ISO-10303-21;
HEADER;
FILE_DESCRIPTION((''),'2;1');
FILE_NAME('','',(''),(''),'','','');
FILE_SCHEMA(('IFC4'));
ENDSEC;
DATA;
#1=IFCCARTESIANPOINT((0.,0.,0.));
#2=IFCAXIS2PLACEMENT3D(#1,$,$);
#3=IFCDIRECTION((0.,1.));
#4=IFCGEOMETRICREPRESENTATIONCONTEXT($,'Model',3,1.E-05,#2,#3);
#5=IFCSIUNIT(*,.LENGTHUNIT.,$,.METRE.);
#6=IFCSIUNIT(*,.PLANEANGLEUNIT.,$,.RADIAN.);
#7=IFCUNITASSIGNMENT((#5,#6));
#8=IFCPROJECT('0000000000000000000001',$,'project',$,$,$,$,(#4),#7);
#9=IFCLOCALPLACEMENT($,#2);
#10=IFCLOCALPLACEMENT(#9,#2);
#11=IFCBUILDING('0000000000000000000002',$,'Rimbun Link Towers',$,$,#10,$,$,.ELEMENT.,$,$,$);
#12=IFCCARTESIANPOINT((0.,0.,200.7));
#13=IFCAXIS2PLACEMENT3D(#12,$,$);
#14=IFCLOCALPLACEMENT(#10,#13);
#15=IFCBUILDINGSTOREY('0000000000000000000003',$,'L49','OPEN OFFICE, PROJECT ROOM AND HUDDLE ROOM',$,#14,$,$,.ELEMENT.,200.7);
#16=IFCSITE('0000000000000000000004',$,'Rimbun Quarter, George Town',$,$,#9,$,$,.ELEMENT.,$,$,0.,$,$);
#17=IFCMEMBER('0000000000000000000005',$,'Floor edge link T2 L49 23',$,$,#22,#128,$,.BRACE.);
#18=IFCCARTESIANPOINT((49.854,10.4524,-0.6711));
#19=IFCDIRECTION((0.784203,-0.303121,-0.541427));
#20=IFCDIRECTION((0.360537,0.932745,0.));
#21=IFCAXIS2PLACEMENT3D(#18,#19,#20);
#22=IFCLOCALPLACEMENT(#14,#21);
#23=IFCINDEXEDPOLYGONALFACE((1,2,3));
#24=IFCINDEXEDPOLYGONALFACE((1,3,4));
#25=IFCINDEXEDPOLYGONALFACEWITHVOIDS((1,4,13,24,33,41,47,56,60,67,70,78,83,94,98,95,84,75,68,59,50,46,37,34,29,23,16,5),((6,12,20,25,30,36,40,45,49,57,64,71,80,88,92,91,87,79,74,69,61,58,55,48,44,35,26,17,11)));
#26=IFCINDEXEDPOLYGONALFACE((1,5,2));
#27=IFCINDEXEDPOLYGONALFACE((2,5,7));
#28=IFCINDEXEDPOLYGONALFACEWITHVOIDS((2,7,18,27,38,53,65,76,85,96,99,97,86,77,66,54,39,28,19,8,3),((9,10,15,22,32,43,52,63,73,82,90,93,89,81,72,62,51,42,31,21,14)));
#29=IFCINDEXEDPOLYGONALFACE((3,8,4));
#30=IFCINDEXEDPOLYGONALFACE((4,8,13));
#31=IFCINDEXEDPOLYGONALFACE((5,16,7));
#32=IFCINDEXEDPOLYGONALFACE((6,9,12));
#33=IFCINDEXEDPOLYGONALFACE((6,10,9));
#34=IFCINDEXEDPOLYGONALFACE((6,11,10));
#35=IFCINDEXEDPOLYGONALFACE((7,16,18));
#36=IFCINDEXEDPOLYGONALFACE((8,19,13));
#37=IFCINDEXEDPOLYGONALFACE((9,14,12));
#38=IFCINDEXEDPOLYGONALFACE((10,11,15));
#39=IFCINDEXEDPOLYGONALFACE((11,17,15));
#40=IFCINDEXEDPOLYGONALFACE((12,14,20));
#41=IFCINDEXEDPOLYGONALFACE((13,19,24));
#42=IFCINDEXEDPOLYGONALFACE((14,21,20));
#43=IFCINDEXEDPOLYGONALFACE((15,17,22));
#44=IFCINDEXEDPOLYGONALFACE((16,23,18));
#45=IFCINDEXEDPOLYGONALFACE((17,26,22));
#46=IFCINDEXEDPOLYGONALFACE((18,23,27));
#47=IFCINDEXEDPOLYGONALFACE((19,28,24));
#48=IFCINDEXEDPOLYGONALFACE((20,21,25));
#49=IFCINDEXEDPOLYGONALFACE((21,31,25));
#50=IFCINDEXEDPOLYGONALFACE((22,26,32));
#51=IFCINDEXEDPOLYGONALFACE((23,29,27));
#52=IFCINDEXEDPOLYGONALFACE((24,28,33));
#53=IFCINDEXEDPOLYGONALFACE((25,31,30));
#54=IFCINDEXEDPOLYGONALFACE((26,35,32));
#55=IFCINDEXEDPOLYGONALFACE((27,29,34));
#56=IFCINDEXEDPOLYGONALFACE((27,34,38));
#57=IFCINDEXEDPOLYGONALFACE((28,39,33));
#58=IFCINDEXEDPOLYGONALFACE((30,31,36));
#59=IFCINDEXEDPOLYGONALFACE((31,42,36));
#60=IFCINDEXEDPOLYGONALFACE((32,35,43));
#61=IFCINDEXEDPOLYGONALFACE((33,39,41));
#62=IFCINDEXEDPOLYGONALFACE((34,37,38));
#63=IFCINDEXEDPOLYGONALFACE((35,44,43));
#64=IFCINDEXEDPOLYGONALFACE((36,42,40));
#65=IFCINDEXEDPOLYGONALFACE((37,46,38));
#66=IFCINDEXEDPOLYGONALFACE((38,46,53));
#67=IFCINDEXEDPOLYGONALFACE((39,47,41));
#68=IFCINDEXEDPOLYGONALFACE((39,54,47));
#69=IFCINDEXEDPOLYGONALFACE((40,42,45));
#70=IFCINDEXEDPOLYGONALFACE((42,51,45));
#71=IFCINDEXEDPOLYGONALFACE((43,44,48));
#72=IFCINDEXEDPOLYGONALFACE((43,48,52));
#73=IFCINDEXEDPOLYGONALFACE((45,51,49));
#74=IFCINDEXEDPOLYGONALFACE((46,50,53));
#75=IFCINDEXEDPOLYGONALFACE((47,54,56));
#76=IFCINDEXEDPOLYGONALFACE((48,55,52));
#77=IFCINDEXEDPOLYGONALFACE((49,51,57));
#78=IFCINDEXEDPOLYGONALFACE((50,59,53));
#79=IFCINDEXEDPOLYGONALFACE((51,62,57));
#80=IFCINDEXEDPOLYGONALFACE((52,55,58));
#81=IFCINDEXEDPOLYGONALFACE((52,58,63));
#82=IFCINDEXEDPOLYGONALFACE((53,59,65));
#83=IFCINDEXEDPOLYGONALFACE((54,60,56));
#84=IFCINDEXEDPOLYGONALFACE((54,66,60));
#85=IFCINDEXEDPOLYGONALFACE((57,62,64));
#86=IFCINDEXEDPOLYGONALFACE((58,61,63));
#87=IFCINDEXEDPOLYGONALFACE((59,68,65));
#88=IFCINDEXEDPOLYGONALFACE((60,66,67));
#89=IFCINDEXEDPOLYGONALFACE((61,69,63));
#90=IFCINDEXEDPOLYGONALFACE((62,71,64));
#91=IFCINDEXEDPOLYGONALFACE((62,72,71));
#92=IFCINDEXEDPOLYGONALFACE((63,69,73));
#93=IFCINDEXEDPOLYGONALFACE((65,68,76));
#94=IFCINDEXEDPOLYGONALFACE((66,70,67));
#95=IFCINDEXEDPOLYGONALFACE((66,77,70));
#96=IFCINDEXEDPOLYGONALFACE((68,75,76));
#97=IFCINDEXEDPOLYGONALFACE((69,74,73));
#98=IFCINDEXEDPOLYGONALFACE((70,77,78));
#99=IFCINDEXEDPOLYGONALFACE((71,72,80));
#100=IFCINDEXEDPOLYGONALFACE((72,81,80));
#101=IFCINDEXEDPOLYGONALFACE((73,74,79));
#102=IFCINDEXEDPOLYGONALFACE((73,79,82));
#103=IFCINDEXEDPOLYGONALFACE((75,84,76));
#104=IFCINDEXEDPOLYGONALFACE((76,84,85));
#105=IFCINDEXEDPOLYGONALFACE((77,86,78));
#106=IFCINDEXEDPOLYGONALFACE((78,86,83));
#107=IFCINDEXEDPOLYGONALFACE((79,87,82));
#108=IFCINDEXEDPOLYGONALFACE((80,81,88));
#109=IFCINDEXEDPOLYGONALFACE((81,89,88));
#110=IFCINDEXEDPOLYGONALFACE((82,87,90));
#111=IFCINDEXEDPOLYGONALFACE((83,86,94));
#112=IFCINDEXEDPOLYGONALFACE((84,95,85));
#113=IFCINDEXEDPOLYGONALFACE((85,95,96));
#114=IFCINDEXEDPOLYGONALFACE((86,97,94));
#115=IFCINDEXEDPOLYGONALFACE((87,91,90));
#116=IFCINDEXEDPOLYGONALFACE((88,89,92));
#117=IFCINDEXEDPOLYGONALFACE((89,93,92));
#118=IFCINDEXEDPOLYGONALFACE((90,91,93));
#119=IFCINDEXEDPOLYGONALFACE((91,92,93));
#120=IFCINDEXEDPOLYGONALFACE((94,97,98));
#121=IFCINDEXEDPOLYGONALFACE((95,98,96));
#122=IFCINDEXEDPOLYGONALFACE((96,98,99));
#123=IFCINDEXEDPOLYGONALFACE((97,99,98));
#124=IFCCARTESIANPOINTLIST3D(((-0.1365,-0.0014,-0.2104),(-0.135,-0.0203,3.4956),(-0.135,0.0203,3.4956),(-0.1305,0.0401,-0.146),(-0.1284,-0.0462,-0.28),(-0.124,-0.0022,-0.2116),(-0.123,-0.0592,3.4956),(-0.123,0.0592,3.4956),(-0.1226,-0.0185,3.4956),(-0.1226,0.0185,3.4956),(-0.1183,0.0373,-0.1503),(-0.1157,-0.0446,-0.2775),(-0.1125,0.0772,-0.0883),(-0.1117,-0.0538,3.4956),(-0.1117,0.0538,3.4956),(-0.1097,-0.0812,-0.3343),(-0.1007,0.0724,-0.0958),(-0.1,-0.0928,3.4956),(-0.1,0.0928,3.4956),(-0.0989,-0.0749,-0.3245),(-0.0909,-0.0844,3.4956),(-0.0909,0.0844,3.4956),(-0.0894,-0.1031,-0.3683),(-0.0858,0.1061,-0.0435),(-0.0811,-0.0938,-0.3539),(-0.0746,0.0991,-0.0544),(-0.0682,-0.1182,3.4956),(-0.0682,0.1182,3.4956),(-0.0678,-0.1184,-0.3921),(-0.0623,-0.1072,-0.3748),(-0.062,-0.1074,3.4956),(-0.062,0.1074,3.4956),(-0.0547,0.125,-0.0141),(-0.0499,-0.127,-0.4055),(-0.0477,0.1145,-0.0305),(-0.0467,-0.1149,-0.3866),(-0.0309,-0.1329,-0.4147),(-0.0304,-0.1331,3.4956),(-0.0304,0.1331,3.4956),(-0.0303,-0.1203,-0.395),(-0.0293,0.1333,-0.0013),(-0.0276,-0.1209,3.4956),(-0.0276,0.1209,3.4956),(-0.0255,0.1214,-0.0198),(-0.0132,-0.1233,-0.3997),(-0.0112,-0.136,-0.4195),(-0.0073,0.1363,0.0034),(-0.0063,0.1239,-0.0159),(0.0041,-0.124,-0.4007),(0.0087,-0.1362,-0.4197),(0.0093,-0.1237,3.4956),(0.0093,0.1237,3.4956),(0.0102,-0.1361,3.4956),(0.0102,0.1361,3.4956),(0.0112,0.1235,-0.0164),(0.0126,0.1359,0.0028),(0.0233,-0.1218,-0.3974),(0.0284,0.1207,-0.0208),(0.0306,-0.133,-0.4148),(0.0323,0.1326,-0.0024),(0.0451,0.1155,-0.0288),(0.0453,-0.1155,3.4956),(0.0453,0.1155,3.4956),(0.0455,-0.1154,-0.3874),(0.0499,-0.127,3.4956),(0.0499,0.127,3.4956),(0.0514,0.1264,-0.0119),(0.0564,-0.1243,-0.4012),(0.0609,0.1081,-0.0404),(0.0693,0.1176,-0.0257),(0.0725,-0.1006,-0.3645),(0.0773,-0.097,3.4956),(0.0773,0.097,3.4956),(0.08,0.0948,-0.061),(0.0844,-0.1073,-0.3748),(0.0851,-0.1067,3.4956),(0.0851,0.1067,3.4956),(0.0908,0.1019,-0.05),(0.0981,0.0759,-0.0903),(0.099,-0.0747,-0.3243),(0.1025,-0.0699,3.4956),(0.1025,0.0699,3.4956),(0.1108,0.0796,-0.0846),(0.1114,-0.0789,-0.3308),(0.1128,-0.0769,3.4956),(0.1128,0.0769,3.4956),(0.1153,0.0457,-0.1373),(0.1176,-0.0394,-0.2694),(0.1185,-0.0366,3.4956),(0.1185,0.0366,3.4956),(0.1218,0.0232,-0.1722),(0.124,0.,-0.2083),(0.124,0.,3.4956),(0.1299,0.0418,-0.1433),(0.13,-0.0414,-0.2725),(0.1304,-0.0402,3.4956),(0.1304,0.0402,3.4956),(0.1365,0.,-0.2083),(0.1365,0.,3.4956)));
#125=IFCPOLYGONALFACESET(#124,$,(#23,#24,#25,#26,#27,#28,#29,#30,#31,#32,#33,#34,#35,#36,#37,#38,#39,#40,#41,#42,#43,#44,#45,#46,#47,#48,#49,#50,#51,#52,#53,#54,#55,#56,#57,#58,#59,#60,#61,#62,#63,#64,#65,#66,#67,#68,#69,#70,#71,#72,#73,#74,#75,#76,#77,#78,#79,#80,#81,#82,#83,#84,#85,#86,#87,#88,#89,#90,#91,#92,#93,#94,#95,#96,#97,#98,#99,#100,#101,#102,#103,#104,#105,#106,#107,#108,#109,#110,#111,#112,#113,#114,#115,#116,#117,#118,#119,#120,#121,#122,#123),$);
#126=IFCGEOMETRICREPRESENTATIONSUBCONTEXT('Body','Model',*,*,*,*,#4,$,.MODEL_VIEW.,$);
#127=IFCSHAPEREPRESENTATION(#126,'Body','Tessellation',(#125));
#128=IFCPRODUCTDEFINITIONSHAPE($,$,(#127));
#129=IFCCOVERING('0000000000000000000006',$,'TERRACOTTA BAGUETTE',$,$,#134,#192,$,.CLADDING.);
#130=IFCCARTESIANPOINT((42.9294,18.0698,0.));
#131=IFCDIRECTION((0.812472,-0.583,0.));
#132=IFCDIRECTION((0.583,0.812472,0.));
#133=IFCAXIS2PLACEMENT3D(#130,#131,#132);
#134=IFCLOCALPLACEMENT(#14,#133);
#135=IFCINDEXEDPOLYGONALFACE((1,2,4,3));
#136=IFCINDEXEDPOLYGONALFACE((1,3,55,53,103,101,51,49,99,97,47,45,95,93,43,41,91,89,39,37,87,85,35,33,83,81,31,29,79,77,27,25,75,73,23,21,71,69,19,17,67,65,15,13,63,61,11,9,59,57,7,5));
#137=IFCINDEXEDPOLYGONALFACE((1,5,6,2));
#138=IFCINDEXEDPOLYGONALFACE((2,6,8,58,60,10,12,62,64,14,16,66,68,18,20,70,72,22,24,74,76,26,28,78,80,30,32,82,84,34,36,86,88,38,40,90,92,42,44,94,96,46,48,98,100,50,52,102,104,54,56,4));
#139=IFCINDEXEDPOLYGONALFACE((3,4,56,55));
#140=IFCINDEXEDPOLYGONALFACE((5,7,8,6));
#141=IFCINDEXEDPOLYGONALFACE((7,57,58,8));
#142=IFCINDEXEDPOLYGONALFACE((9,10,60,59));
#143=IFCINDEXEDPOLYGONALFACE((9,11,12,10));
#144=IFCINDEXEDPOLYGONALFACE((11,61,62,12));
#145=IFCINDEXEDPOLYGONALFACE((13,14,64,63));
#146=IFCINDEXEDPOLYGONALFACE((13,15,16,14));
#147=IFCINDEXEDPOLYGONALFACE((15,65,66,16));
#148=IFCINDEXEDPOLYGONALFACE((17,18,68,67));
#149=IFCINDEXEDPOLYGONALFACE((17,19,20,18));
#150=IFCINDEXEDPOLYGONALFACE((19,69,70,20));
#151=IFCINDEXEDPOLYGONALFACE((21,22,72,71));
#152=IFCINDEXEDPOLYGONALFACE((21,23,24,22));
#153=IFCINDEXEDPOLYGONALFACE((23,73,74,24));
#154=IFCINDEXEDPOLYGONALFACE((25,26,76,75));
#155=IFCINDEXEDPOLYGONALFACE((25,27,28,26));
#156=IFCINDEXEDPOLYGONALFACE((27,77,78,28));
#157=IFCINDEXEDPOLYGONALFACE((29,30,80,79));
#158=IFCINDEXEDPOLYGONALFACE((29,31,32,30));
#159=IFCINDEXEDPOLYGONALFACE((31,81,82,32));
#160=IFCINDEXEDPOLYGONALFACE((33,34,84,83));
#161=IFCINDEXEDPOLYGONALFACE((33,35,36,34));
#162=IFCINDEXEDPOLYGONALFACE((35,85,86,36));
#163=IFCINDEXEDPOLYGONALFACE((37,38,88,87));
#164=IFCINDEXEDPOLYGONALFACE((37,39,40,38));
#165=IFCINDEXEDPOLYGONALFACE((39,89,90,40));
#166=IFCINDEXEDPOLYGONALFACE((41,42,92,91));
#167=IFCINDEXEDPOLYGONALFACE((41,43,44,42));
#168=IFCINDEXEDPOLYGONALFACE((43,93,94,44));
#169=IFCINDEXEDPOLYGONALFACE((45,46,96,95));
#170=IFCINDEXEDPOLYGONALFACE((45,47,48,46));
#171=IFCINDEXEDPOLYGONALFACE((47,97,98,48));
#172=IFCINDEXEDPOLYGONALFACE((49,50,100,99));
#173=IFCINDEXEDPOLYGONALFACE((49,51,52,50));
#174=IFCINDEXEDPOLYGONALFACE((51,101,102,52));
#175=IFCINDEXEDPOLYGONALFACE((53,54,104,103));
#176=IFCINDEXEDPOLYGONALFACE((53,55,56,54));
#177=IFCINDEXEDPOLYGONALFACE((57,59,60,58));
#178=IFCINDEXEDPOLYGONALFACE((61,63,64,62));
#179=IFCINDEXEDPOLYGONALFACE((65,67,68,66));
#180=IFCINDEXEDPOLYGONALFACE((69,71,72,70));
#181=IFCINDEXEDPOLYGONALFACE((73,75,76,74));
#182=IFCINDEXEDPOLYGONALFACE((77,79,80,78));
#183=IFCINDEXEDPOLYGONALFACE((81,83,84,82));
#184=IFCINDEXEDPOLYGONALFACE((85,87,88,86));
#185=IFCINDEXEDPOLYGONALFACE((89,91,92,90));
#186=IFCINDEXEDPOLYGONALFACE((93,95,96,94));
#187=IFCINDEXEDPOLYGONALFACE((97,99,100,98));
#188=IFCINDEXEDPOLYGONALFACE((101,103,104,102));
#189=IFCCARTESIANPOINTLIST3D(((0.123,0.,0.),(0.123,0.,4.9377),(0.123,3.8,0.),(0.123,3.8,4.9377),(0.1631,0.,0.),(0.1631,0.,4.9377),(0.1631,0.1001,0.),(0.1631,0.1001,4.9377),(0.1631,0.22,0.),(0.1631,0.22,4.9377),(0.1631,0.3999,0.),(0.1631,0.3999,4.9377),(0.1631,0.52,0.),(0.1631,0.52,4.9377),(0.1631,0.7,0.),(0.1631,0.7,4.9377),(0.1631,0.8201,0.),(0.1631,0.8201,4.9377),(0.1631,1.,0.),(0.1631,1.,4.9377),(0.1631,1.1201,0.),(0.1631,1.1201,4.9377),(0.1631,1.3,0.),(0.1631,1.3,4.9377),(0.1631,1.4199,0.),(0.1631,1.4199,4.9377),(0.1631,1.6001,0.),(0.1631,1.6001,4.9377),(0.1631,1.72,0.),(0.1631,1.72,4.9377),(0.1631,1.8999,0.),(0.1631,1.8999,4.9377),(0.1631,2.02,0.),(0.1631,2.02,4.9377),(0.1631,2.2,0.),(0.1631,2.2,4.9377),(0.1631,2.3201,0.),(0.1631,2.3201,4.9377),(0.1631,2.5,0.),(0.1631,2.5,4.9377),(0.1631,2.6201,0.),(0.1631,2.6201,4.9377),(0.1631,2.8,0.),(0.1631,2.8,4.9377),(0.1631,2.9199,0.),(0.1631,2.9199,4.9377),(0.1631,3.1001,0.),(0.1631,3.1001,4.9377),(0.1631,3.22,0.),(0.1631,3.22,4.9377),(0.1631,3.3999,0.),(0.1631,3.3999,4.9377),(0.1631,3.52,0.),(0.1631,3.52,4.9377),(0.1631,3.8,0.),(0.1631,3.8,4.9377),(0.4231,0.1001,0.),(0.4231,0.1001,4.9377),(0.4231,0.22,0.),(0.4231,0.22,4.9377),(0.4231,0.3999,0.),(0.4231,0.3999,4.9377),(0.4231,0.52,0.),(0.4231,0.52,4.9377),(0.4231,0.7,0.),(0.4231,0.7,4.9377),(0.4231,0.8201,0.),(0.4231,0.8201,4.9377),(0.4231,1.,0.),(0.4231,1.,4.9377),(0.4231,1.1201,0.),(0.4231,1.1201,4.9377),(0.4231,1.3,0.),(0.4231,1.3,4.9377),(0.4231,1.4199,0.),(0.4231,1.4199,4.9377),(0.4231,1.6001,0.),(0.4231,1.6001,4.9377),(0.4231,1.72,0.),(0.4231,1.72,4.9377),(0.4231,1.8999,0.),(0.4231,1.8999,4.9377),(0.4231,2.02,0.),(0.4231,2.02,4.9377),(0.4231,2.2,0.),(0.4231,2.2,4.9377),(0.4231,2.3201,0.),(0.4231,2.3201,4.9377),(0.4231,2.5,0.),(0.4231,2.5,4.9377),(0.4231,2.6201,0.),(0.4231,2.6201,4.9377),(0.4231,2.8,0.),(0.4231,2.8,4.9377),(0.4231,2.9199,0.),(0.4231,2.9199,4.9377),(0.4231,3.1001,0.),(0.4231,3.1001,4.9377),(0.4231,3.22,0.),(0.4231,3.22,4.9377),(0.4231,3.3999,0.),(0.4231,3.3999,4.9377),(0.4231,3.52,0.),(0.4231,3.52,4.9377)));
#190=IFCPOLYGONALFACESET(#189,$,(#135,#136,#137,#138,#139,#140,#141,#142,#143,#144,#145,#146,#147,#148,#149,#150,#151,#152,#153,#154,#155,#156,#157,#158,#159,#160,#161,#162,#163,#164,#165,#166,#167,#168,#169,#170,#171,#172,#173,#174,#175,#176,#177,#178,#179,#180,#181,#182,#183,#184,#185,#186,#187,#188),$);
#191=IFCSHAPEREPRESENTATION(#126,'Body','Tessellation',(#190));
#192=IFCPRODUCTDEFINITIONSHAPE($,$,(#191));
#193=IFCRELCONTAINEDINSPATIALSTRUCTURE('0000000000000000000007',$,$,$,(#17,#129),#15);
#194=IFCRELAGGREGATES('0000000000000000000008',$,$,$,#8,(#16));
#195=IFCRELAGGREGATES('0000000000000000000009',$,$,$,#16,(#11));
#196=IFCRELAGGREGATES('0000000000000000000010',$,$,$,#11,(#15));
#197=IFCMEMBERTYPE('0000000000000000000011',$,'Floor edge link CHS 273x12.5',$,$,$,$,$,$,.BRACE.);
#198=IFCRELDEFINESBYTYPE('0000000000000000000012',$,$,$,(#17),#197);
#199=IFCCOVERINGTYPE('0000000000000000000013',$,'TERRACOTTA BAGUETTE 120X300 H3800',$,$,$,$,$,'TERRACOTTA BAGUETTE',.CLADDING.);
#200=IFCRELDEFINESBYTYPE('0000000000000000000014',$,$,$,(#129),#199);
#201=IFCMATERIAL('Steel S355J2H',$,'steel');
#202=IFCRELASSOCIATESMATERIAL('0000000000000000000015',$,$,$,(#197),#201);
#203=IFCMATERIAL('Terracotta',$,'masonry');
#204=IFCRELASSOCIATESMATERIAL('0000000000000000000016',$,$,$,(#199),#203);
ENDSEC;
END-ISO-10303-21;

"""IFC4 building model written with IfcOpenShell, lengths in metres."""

from ifc_helpers import new_model, si_unit, direction, frame, origin, origin_2d, place, context, subcontext, project, spatial, polyline, hollow_circle, outline, extrude, clip, halfspace, material, material_profile, profile_set, type_object, element, save


model = new_model("IFC4")

# Units and contexts
model_context = context("Model", 3, precision=1e-05, world=origin(), true_north=direction((0.0, 1.0)))
body_context = subcontext(model_context, "Body", "Model", "MODEL_VIEW")
ifc_project = project(units=[si_unit("LENGTHUNIT", "METRE"), si_unit("PLANEANGLEUNIT", "RADIAN")], contexts=[model_context])

# Site, building, storey
site_placement = place(None, origin())
site = spatial("IfcSite", under=ifc_project, at=site_placement, Name="Rimbun Quarter, George Town", CompositionType="ELEMENT", RefElevation=0.0)
building_placement = place(site_placement, origin())
building = spatial("IfcBuilding", under=site, at=building_placement, Name="Rimbun Link Towers", CompositionType="ELEMENT")
storey_placement = place(building_placement, frame((0.0, 0.0, 200.7)))
storey = spatial("IfcBuildingStorey", under=building, at=storey_placement, Name="L49", Description="OPEN OFFICE, PROJECT ROOM AND HUDDLE ROOM", CompositionType="ELEMENT", Elevation=200.7)

# Member
ifc_material_1 = material(Name="Steel S355J2H", Category="steel")
ifc_material_profile_1 = material_profile(ifc_material_1, hollow_circle(Radius=0.1365, WallThickness=0.0125, at=origin_2d()), Name="CHS 273x12.5")
ifc_profile_set_1 = profile_set([ifc_material_profile_1], Name="Steel S355J2H")
member_type_1 = type_object("IfcMemberType", Name="Floor edge link CHS 273x12.5", PredefinedType="BRACE", material=ifc_profile_set_1)
member_1_placement = place(storey_placement, frame((49.854, 10.4524, -0.6711), z_axis=(0.784203, -0.303121, -0.541427), x_axis=(0.360537, 0.932745, 0.0)))
element("IfcMember", 1, at=member_1_placement, inside=storey, type_object=member_type_1, Name="Floor edge link T2 L49 23", PredefinedType="BRACE", context=body_context, shape_type="Clipping", body=[
    clip(extrude(hollow_circle(Radius=0.1365, WallThickness=0.0125, at=origin_2d()), frame((0.0, 0.0, -0.4424)), (0.0, 0.0, 1.0), 3.938), halfspace(frame((0.0, 0.0, -0.2083), z_axis=(0.0, 0.840748, -0.541427)), False)),
])

# Covering
ifc_material_2 = material(Name="Terracotta", Category="masonry")
ifc_material_profile_2 = material_profile(ifc_material_2, outline(polyline([(0.123, 0.0), (0.1631, 0.0), (0.1631, 0.1001), (0.4231, 0.1001), (0.4231, 0.22), (0.1631, 0.22), (0.1631, 0.3999), (0.4231, 0.3999), (0.4231, 0.52), (0.1631, 0.52), (0.1631, 0.7), (0.4231, 0.7), (0.4231, 0.8201), (0.1631, 0.8201), (0.1631, 1.0), (0.4231, 1.0), (0.4231, 1.1201), (0.1631, 1.1201), (0.1631, 1.3), (0.4231, 1.3), (0.4231, 1.4199), (0.1631, 1.4199), (0.1631, 1.6001), (0.4231, 1.6001), (0.4231, 1.72), (0.1631, 1.72), (0.1631, 1.8999), (0.4231, 1.8999), (0.4231, 2.02), (0.1631, 2.02), (0.1631, 2.2), (0.4231, 2.2), (0.4231, 2.3201), (0.1631, 2.3201), (0.1631, 2.5), (0.4231, 2.5), (0.4231, 2.6201), (0.1631, 2.6201), (0.1631, 2.8), (0.4231, 2.8), (0.4231, 2.9199), (0.1631, 2.9199), (0.1631, 3.1001), (0.4231, 3.1001), (0.4231, 3.22), (0.1631, 3.22), (0.1631, 3.3999), (0.4231, 3.3999), (0.4231, 3.52), (0.1631, 3.52), (0.1631, 3.8), (0.123, 3.8), (0.123, 0.0)])), Name="BAGUETTE 120X300")
ifc_profile_set_2 = profile_set([ifc_material_profile_2], Name="Terracotta")
covering_type = type_object("IfcCoveringType", Name="TERRACOTTA BAGUETTE 120X300 H3800", ElementType="TERRACOTTA BAGUETTE", PredefinedType="CLADDING", material=ifc_profile_set_2)
for number, where, z_axis, x_axis, name in (
    (2, (42.9294, 18.0698, 0.0), (0.812472, -0.583, 0.0), (0.583, 0.812472, 0.0), "TERRACOTTA BAGUETTE"),
):
    element("IfcCovering", number, at=place(storey_placement, frame(where, z_axis=z_axis, x_axis=x_axis)), inside=storey, type_object=covering_type, Name=name, PredefinedType="CLADDING", context=body_context, shape_type="SweptSolid", body=[
        extrude(outline(polyline([(0.123, 0.0), (0.1631, 0.0), (0.1631, 0.1001), (0.4231, 0.1001), (0.4231, 0.22), (0.1631, 0.22), (0.1631, 0.3999), (0.4231, 0.3999), (0.4231, 0.52), (0.1631, 0.52), (0.1631, 0.7), (0.4231, 0.7), (0.4231, 0.8201), (0.1631, 0.8201), (0.1631, 1.0), (0.4231, 1.0), (0.4231, 1.1201), (0.1631, 1.1201), (0.1631, 1.3), (0.4231, 1.3), (0.4231, 1.4199), (0.1631, 1.4199), (0.1631, 1.6001), (0.4231, 1.6001), (0.4231, 1.72), (0.1631, 1.72), (0.1631, 1.8999), (0.4231, 1.8999), (0.4231, 2.02), (0.1631, 2.02), (0.1631, 2.2), (0.4231, 2.2), (0.4231, 2.3201), (0.1631, 2.3201), (0.1631, 2.5), (0.4231, 2.5), (0.4231, 2.6201), (0.1631, 2.6201), (0.1631, 2.8), (0.4231, 2.8), (0.4231, 2.9199), (0.1631, 2.9199), (0.1631, 3.1001), (0.4231, 3.1001), (0.4231, 3.22), (0.1631, 3.22), (0.1631, 3.3999), (0.4231, 3.3999), (0.4231, 3.52), (0.1631, 3.52), (0.1631, 3.8), (0.123, 3.8), (0.123, 0.0)])), origin(), (0.0, 0.0, 1.0), 4.9377),
    ])

save(model, "model.ifc")
